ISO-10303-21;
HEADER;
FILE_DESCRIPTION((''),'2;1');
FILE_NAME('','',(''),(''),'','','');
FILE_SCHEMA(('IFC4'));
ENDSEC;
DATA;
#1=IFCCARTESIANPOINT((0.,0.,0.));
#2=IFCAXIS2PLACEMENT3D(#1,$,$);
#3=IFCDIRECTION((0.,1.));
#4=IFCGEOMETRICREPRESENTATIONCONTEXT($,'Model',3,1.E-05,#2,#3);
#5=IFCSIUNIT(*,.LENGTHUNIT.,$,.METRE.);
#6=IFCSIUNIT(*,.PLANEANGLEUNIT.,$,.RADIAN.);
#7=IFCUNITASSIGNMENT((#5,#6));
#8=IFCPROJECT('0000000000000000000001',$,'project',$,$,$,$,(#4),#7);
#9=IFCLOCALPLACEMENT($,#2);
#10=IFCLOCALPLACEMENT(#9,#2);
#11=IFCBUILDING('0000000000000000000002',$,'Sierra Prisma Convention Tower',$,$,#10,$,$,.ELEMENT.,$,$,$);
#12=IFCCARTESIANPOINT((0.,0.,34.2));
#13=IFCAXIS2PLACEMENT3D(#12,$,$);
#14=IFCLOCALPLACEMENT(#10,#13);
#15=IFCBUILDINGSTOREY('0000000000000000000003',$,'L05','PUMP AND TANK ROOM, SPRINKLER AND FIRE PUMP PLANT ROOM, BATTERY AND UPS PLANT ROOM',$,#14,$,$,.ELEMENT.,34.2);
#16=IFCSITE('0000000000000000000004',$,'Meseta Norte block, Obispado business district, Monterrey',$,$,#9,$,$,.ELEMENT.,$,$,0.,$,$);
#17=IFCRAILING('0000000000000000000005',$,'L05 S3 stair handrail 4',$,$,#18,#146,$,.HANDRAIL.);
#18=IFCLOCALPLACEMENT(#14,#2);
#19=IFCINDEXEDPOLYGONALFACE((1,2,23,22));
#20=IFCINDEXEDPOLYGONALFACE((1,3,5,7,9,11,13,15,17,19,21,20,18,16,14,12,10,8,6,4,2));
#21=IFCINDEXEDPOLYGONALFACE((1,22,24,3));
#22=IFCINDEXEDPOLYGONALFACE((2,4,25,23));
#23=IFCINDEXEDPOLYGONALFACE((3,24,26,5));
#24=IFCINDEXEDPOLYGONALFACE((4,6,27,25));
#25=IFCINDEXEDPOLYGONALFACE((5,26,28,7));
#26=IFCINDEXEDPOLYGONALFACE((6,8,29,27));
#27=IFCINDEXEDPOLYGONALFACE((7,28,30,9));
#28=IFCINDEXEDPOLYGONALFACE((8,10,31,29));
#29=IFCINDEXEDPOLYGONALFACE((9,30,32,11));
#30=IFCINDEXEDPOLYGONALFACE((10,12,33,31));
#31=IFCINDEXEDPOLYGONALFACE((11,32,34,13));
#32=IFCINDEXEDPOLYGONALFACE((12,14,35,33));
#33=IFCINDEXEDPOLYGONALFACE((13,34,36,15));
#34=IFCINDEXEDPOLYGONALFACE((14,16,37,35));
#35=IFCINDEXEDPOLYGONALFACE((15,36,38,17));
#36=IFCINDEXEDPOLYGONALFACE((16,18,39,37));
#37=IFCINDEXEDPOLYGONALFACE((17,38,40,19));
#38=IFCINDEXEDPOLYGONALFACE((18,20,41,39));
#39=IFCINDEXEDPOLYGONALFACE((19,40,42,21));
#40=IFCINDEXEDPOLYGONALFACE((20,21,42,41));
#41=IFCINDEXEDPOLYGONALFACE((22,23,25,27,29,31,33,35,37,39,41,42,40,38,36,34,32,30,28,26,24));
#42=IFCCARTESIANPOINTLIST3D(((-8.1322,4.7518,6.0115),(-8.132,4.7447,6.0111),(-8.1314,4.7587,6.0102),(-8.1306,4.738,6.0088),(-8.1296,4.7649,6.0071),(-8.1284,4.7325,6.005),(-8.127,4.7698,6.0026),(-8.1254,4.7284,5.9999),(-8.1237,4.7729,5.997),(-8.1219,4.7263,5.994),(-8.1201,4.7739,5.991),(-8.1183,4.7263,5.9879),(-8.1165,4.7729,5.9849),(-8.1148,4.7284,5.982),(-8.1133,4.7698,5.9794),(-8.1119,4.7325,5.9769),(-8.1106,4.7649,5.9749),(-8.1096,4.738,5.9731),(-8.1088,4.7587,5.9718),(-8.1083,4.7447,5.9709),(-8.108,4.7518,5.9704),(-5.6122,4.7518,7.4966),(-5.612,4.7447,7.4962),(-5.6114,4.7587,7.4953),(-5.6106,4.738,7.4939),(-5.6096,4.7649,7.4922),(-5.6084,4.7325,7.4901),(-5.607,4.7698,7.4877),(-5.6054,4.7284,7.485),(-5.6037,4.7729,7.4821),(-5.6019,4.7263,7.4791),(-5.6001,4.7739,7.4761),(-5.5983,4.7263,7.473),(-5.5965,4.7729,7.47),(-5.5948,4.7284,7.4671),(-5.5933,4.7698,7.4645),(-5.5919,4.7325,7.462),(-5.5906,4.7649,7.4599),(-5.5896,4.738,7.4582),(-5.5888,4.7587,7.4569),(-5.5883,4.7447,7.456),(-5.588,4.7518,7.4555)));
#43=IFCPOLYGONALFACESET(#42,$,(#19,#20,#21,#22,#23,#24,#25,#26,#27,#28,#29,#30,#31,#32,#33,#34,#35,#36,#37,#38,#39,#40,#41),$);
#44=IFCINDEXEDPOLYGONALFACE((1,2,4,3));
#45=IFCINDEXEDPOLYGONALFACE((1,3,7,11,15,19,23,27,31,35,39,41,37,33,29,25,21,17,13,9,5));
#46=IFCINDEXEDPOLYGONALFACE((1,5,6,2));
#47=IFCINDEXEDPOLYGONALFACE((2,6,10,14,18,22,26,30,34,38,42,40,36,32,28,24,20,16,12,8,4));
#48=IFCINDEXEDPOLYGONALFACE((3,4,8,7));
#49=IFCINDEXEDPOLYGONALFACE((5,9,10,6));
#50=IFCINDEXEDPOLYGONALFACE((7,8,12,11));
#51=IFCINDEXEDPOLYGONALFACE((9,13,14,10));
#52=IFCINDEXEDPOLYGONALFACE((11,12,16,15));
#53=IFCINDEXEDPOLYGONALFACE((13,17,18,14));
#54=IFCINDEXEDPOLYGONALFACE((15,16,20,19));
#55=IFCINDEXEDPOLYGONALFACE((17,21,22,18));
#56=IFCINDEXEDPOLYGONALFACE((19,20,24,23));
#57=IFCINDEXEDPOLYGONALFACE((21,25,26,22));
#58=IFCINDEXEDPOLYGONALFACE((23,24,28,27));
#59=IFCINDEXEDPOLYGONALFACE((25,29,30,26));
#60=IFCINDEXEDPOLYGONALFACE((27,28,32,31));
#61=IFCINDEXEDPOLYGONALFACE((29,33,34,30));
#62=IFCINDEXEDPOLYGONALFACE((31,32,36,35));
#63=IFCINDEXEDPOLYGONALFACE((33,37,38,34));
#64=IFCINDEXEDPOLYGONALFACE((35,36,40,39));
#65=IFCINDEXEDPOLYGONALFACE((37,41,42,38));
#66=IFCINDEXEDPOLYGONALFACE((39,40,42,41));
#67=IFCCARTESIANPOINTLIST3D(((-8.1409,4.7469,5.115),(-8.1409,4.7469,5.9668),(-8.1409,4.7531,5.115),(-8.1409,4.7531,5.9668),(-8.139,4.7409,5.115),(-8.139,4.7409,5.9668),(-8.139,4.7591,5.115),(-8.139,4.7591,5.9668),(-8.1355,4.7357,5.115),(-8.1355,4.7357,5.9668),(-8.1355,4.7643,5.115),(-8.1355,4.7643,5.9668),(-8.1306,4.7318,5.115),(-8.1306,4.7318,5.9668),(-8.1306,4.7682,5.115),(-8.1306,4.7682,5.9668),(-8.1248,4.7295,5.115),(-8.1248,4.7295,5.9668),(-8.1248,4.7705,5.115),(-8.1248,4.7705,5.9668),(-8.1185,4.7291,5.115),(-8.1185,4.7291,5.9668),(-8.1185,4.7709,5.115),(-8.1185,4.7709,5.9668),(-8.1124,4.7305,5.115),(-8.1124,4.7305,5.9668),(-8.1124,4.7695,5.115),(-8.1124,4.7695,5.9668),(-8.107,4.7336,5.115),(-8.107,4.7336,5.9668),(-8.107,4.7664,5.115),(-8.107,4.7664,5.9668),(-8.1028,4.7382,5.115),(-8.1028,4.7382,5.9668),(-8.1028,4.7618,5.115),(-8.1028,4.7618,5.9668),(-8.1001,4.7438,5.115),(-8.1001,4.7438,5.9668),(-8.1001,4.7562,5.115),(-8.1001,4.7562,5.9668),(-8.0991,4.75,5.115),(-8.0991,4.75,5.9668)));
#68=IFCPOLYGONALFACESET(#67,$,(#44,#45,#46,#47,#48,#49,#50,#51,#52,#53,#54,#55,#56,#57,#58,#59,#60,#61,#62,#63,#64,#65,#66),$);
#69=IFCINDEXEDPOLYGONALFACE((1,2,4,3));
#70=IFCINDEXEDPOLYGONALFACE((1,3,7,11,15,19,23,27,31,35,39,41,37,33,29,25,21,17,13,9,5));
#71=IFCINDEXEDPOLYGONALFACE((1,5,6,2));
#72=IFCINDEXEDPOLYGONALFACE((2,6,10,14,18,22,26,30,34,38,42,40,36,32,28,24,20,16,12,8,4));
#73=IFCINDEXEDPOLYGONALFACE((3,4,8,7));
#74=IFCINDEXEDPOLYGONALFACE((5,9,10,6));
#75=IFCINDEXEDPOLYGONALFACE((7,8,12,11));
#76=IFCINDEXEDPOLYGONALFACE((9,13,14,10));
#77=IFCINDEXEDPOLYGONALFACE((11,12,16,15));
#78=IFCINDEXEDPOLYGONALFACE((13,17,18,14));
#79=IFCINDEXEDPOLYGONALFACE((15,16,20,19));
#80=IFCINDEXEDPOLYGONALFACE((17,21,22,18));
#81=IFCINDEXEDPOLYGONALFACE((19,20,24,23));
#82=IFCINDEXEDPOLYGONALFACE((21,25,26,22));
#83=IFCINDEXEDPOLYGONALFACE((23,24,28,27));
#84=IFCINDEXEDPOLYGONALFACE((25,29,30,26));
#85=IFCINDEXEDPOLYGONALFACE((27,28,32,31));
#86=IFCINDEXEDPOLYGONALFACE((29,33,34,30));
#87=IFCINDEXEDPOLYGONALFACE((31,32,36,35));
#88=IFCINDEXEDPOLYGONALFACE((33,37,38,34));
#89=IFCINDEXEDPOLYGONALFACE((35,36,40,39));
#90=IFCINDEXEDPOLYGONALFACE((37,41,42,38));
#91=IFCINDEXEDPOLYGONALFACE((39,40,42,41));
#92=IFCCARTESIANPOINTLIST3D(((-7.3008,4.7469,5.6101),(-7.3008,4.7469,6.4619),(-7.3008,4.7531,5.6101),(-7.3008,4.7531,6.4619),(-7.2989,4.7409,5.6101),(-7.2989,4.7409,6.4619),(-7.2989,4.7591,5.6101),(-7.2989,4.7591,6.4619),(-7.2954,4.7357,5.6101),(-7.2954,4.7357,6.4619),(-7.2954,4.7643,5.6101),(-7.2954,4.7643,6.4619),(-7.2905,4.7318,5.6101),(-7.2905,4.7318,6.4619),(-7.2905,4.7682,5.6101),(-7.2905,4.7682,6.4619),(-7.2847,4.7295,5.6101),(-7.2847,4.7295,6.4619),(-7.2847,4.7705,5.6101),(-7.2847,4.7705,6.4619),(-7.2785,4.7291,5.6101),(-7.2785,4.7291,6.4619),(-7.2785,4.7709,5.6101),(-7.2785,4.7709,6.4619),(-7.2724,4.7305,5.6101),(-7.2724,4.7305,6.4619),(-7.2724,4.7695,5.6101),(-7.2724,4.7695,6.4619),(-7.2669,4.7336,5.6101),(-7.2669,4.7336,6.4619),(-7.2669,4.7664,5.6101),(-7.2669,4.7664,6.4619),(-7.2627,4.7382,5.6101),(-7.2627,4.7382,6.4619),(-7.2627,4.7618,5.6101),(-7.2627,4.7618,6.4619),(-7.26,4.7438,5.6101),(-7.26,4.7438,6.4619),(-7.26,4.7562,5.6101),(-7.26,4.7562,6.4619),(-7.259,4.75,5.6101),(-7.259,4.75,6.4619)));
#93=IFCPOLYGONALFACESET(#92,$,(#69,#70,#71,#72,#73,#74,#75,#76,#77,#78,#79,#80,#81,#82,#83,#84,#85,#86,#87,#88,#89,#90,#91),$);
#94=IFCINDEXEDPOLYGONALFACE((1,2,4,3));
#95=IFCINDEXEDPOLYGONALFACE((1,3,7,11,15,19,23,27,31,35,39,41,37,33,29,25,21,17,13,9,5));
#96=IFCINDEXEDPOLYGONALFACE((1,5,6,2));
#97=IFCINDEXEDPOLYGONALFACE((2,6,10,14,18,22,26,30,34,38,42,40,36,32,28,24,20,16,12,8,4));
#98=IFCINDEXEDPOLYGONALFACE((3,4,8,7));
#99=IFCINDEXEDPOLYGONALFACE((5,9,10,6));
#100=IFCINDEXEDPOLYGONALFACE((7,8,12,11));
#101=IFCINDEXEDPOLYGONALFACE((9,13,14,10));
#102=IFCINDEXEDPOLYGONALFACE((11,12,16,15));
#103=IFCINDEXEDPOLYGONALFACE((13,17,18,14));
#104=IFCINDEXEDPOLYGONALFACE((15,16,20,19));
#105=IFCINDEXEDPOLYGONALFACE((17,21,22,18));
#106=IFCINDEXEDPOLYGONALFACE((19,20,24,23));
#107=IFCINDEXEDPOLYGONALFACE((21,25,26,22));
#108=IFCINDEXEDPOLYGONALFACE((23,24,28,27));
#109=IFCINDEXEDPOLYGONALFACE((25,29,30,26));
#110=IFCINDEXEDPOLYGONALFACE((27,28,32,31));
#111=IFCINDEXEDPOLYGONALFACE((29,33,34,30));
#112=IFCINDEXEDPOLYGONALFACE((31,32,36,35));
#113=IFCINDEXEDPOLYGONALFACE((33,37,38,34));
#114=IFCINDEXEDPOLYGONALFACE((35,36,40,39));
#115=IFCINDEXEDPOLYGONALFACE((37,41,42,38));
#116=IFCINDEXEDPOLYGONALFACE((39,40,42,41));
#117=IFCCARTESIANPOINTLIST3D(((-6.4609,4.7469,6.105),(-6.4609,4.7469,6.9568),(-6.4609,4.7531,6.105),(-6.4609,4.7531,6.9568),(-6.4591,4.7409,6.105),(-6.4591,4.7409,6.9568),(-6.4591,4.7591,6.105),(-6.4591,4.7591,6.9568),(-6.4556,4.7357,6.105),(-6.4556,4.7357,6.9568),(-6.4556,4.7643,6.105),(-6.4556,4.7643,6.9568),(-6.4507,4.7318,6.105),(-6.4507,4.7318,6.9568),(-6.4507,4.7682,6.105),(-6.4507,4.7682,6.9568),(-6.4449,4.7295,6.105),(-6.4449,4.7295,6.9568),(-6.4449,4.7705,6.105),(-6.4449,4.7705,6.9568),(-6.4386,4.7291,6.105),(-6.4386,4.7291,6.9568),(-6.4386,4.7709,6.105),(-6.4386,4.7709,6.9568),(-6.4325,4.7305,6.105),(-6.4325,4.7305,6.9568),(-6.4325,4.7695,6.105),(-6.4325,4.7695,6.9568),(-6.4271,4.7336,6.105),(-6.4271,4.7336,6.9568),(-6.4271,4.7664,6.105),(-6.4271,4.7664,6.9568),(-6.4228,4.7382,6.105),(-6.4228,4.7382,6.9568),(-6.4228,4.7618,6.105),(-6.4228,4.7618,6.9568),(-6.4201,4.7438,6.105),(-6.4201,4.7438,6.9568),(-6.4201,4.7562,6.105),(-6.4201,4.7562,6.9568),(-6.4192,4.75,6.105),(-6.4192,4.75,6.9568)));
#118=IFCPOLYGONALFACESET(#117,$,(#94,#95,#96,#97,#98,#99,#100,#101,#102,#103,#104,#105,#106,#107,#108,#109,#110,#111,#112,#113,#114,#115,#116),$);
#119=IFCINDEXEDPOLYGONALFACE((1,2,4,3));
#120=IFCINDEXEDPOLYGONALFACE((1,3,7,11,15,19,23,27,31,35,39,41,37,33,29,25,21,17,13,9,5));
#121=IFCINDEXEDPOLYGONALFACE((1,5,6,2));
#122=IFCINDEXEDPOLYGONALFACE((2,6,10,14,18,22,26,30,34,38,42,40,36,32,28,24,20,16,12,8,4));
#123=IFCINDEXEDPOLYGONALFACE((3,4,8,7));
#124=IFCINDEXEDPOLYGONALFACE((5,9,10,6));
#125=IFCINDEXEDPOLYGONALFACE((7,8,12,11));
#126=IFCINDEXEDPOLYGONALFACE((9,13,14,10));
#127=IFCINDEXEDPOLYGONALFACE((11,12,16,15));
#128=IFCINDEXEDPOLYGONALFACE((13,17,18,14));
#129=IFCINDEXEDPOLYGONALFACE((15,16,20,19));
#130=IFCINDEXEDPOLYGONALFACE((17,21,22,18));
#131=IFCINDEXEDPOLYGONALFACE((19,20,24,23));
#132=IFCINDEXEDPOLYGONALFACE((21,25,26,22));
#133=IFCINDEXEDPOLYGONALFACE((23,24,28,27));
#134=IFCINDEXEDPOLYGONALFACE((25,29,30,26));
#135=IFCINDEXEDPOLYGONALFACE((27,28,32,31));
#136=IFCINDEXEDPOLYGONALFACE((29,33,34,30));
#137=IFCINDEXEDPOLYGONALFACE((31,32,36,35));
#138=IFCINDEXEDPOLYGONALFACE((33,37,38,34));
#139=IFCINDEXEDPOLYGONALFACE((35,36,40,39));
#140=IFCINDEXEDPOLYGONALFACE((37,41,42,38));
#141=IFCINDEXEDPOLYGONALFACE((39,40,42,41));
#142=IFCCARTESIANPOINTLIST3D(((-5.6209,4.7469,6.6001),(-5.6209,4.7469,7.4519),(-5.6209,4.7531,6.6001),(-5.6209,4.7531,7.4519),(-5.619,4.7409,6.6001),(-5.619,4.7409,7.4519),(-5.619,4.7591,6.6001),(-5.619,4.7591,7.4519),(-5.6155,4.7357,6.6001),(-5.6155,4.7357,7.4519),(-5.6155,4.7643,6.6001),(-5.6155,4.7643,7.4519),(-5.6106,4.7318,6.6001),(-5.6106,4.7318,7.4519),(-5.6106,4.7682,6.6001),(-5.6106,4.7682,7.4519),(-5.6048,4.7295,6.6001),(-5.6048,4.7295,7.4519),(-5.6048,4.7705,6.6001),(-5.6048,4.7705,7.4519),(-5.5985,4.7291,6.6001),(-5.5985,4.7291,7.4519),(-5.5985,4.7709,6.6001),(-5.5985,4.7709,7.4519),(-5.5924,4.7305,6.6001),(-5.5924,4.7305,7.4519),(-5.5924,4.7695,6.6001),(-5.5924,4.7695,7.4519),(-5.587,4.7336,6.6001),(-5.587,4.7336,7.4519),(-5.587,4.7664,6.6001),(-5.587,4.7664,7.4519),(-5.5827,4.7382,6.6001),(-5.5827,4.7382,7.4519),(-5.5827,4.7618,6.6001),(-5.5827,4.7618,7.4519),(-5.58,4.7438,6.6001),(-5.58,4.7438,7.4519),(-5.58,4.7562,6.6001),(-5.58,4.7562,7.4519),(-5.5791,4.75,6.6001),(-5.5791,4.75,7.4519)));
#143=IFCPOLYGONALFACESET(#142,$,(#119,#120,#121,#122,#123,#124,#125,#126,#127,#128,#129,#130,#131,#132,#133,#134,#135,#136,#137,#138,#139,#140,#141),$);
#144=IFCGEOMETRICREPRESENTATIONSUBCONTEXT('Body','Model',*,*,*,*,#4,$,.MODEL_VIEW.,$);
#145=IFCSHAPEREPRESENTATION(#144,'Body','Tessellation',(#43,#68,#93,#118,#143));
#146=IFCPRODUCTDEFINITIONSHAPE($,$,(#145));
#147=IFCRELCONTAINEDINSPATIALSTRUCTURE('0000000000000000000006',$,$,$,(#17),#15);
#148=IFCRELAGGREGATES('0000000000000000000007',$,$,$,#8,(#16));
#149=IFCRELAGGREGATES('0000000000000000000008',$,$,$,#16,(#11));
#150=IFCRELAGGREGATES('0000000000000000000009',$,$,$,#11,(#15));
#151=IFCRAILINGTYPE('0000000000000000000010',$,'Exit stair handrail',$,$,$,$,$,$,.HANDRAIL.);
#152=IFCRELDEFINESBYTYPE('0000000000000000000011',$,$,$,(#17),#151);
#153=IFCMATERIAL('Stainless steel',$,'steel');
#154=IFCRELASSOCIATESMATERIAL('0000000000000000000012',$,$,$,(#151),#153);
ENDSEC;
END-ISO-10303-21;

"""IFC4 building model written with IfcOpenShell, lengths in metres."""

from ifc_helpers import new_model, si_unit, direction, frame, origin, origin_2d, place, context, subcontext, project, spatial, circle, extrude, material, type_object, element, save


model = new_model("IFC4")

# Units and contexts
model_context = context("Model", 3, precision=1e-05, world=origin(), true_north=direction((0.0, 1.0)))
body_context = subcontext(model_context, "Body", "Model", "MODEL_VIEW")
ifc_project = project(units=[si_unit("LENGTHUNIT", "METRE"), si_unit("PLANEANGLEUNIT", "RADIAN")], contexts=[model_context])

# Site, building, storey
site_placement = place(None, origin())
site = spatial("IfcSite", under=ifc_project, at=site_placement, Name="Meseta Norte block, Obispado business district, Monterrey", CompositionType="ELEMENT", RefElevation=0.0)
building_placement = place(site_placement, origin())
building = spatial("IfcBuilding", under=site, at=building_placement, Name="Sierra Prisma Convention Tower", CompositionType="ELEMENT")
storey_placement = place(building_placement, frame((0.0, 0.0, 34.2)))
storey = spatial("IfcBuildingStorey", under=building, at=storey_placement, Name="L05", Description="PUMP AND TANK ROOM, SPRINKLER AND FIRE PUMP PLANT ROOM, BATTERY AND UPS PLANT ROOM", CompositionType="ELEMENT", Elevation=34.2)

# Railing
ifc_material_1 = material(Name="Stainless steel", Category="steel")
railing_type = type_object("IfcRailingType", Name="Exit stair handrail", PredefinedType="HANDRAIL", material=ifc_material_1)
for number, where, name in (
    (1, (-8.1201, 4.75, 5.115), "L05 S3 stair handrail 4"),
):
    element("IfcRailing", number, at=place(storey_placement, frame(where)), inside=storey, type_object=railing_type, Name=name, PredefinedType="HANDRAIL", context=body_context, shape_type="SweptSolid", body=[
        extrude(circle(Radius=0.0239, at=origin_2d()), frame((0.0, 0.0, 0.876), z_axis=(0.861524, 0.0, 0.507717), x_axis=(0.0, 1.0, 0.0)), (0.0, 0.0, 1.0), 2.925),
        extrude(circle(Radius=0.021, at=origin_2d()), origin(), (0.0, 0.0, 1.0), 0.8518),
        extrude(circle(Radius=0.021, at=origin_2d()), frame((0.8401, 0.0, 0.4951)), (0.0, 0.0, 1.0), 0.8518),
        extrude(circle(Radius=0.021, at=origin_2d()), frame((1.6799, 0.0, 0.99)), (0.0, 0.0, 1.0), 0.8518),
        extrude(circle(Radius=0.021, at=origin_2d()), frame((2.52, 0.0, 1.4851)), (0.0, 0.0, 1.0), 0.8518),
    ])

save(model, "model.ifc")
